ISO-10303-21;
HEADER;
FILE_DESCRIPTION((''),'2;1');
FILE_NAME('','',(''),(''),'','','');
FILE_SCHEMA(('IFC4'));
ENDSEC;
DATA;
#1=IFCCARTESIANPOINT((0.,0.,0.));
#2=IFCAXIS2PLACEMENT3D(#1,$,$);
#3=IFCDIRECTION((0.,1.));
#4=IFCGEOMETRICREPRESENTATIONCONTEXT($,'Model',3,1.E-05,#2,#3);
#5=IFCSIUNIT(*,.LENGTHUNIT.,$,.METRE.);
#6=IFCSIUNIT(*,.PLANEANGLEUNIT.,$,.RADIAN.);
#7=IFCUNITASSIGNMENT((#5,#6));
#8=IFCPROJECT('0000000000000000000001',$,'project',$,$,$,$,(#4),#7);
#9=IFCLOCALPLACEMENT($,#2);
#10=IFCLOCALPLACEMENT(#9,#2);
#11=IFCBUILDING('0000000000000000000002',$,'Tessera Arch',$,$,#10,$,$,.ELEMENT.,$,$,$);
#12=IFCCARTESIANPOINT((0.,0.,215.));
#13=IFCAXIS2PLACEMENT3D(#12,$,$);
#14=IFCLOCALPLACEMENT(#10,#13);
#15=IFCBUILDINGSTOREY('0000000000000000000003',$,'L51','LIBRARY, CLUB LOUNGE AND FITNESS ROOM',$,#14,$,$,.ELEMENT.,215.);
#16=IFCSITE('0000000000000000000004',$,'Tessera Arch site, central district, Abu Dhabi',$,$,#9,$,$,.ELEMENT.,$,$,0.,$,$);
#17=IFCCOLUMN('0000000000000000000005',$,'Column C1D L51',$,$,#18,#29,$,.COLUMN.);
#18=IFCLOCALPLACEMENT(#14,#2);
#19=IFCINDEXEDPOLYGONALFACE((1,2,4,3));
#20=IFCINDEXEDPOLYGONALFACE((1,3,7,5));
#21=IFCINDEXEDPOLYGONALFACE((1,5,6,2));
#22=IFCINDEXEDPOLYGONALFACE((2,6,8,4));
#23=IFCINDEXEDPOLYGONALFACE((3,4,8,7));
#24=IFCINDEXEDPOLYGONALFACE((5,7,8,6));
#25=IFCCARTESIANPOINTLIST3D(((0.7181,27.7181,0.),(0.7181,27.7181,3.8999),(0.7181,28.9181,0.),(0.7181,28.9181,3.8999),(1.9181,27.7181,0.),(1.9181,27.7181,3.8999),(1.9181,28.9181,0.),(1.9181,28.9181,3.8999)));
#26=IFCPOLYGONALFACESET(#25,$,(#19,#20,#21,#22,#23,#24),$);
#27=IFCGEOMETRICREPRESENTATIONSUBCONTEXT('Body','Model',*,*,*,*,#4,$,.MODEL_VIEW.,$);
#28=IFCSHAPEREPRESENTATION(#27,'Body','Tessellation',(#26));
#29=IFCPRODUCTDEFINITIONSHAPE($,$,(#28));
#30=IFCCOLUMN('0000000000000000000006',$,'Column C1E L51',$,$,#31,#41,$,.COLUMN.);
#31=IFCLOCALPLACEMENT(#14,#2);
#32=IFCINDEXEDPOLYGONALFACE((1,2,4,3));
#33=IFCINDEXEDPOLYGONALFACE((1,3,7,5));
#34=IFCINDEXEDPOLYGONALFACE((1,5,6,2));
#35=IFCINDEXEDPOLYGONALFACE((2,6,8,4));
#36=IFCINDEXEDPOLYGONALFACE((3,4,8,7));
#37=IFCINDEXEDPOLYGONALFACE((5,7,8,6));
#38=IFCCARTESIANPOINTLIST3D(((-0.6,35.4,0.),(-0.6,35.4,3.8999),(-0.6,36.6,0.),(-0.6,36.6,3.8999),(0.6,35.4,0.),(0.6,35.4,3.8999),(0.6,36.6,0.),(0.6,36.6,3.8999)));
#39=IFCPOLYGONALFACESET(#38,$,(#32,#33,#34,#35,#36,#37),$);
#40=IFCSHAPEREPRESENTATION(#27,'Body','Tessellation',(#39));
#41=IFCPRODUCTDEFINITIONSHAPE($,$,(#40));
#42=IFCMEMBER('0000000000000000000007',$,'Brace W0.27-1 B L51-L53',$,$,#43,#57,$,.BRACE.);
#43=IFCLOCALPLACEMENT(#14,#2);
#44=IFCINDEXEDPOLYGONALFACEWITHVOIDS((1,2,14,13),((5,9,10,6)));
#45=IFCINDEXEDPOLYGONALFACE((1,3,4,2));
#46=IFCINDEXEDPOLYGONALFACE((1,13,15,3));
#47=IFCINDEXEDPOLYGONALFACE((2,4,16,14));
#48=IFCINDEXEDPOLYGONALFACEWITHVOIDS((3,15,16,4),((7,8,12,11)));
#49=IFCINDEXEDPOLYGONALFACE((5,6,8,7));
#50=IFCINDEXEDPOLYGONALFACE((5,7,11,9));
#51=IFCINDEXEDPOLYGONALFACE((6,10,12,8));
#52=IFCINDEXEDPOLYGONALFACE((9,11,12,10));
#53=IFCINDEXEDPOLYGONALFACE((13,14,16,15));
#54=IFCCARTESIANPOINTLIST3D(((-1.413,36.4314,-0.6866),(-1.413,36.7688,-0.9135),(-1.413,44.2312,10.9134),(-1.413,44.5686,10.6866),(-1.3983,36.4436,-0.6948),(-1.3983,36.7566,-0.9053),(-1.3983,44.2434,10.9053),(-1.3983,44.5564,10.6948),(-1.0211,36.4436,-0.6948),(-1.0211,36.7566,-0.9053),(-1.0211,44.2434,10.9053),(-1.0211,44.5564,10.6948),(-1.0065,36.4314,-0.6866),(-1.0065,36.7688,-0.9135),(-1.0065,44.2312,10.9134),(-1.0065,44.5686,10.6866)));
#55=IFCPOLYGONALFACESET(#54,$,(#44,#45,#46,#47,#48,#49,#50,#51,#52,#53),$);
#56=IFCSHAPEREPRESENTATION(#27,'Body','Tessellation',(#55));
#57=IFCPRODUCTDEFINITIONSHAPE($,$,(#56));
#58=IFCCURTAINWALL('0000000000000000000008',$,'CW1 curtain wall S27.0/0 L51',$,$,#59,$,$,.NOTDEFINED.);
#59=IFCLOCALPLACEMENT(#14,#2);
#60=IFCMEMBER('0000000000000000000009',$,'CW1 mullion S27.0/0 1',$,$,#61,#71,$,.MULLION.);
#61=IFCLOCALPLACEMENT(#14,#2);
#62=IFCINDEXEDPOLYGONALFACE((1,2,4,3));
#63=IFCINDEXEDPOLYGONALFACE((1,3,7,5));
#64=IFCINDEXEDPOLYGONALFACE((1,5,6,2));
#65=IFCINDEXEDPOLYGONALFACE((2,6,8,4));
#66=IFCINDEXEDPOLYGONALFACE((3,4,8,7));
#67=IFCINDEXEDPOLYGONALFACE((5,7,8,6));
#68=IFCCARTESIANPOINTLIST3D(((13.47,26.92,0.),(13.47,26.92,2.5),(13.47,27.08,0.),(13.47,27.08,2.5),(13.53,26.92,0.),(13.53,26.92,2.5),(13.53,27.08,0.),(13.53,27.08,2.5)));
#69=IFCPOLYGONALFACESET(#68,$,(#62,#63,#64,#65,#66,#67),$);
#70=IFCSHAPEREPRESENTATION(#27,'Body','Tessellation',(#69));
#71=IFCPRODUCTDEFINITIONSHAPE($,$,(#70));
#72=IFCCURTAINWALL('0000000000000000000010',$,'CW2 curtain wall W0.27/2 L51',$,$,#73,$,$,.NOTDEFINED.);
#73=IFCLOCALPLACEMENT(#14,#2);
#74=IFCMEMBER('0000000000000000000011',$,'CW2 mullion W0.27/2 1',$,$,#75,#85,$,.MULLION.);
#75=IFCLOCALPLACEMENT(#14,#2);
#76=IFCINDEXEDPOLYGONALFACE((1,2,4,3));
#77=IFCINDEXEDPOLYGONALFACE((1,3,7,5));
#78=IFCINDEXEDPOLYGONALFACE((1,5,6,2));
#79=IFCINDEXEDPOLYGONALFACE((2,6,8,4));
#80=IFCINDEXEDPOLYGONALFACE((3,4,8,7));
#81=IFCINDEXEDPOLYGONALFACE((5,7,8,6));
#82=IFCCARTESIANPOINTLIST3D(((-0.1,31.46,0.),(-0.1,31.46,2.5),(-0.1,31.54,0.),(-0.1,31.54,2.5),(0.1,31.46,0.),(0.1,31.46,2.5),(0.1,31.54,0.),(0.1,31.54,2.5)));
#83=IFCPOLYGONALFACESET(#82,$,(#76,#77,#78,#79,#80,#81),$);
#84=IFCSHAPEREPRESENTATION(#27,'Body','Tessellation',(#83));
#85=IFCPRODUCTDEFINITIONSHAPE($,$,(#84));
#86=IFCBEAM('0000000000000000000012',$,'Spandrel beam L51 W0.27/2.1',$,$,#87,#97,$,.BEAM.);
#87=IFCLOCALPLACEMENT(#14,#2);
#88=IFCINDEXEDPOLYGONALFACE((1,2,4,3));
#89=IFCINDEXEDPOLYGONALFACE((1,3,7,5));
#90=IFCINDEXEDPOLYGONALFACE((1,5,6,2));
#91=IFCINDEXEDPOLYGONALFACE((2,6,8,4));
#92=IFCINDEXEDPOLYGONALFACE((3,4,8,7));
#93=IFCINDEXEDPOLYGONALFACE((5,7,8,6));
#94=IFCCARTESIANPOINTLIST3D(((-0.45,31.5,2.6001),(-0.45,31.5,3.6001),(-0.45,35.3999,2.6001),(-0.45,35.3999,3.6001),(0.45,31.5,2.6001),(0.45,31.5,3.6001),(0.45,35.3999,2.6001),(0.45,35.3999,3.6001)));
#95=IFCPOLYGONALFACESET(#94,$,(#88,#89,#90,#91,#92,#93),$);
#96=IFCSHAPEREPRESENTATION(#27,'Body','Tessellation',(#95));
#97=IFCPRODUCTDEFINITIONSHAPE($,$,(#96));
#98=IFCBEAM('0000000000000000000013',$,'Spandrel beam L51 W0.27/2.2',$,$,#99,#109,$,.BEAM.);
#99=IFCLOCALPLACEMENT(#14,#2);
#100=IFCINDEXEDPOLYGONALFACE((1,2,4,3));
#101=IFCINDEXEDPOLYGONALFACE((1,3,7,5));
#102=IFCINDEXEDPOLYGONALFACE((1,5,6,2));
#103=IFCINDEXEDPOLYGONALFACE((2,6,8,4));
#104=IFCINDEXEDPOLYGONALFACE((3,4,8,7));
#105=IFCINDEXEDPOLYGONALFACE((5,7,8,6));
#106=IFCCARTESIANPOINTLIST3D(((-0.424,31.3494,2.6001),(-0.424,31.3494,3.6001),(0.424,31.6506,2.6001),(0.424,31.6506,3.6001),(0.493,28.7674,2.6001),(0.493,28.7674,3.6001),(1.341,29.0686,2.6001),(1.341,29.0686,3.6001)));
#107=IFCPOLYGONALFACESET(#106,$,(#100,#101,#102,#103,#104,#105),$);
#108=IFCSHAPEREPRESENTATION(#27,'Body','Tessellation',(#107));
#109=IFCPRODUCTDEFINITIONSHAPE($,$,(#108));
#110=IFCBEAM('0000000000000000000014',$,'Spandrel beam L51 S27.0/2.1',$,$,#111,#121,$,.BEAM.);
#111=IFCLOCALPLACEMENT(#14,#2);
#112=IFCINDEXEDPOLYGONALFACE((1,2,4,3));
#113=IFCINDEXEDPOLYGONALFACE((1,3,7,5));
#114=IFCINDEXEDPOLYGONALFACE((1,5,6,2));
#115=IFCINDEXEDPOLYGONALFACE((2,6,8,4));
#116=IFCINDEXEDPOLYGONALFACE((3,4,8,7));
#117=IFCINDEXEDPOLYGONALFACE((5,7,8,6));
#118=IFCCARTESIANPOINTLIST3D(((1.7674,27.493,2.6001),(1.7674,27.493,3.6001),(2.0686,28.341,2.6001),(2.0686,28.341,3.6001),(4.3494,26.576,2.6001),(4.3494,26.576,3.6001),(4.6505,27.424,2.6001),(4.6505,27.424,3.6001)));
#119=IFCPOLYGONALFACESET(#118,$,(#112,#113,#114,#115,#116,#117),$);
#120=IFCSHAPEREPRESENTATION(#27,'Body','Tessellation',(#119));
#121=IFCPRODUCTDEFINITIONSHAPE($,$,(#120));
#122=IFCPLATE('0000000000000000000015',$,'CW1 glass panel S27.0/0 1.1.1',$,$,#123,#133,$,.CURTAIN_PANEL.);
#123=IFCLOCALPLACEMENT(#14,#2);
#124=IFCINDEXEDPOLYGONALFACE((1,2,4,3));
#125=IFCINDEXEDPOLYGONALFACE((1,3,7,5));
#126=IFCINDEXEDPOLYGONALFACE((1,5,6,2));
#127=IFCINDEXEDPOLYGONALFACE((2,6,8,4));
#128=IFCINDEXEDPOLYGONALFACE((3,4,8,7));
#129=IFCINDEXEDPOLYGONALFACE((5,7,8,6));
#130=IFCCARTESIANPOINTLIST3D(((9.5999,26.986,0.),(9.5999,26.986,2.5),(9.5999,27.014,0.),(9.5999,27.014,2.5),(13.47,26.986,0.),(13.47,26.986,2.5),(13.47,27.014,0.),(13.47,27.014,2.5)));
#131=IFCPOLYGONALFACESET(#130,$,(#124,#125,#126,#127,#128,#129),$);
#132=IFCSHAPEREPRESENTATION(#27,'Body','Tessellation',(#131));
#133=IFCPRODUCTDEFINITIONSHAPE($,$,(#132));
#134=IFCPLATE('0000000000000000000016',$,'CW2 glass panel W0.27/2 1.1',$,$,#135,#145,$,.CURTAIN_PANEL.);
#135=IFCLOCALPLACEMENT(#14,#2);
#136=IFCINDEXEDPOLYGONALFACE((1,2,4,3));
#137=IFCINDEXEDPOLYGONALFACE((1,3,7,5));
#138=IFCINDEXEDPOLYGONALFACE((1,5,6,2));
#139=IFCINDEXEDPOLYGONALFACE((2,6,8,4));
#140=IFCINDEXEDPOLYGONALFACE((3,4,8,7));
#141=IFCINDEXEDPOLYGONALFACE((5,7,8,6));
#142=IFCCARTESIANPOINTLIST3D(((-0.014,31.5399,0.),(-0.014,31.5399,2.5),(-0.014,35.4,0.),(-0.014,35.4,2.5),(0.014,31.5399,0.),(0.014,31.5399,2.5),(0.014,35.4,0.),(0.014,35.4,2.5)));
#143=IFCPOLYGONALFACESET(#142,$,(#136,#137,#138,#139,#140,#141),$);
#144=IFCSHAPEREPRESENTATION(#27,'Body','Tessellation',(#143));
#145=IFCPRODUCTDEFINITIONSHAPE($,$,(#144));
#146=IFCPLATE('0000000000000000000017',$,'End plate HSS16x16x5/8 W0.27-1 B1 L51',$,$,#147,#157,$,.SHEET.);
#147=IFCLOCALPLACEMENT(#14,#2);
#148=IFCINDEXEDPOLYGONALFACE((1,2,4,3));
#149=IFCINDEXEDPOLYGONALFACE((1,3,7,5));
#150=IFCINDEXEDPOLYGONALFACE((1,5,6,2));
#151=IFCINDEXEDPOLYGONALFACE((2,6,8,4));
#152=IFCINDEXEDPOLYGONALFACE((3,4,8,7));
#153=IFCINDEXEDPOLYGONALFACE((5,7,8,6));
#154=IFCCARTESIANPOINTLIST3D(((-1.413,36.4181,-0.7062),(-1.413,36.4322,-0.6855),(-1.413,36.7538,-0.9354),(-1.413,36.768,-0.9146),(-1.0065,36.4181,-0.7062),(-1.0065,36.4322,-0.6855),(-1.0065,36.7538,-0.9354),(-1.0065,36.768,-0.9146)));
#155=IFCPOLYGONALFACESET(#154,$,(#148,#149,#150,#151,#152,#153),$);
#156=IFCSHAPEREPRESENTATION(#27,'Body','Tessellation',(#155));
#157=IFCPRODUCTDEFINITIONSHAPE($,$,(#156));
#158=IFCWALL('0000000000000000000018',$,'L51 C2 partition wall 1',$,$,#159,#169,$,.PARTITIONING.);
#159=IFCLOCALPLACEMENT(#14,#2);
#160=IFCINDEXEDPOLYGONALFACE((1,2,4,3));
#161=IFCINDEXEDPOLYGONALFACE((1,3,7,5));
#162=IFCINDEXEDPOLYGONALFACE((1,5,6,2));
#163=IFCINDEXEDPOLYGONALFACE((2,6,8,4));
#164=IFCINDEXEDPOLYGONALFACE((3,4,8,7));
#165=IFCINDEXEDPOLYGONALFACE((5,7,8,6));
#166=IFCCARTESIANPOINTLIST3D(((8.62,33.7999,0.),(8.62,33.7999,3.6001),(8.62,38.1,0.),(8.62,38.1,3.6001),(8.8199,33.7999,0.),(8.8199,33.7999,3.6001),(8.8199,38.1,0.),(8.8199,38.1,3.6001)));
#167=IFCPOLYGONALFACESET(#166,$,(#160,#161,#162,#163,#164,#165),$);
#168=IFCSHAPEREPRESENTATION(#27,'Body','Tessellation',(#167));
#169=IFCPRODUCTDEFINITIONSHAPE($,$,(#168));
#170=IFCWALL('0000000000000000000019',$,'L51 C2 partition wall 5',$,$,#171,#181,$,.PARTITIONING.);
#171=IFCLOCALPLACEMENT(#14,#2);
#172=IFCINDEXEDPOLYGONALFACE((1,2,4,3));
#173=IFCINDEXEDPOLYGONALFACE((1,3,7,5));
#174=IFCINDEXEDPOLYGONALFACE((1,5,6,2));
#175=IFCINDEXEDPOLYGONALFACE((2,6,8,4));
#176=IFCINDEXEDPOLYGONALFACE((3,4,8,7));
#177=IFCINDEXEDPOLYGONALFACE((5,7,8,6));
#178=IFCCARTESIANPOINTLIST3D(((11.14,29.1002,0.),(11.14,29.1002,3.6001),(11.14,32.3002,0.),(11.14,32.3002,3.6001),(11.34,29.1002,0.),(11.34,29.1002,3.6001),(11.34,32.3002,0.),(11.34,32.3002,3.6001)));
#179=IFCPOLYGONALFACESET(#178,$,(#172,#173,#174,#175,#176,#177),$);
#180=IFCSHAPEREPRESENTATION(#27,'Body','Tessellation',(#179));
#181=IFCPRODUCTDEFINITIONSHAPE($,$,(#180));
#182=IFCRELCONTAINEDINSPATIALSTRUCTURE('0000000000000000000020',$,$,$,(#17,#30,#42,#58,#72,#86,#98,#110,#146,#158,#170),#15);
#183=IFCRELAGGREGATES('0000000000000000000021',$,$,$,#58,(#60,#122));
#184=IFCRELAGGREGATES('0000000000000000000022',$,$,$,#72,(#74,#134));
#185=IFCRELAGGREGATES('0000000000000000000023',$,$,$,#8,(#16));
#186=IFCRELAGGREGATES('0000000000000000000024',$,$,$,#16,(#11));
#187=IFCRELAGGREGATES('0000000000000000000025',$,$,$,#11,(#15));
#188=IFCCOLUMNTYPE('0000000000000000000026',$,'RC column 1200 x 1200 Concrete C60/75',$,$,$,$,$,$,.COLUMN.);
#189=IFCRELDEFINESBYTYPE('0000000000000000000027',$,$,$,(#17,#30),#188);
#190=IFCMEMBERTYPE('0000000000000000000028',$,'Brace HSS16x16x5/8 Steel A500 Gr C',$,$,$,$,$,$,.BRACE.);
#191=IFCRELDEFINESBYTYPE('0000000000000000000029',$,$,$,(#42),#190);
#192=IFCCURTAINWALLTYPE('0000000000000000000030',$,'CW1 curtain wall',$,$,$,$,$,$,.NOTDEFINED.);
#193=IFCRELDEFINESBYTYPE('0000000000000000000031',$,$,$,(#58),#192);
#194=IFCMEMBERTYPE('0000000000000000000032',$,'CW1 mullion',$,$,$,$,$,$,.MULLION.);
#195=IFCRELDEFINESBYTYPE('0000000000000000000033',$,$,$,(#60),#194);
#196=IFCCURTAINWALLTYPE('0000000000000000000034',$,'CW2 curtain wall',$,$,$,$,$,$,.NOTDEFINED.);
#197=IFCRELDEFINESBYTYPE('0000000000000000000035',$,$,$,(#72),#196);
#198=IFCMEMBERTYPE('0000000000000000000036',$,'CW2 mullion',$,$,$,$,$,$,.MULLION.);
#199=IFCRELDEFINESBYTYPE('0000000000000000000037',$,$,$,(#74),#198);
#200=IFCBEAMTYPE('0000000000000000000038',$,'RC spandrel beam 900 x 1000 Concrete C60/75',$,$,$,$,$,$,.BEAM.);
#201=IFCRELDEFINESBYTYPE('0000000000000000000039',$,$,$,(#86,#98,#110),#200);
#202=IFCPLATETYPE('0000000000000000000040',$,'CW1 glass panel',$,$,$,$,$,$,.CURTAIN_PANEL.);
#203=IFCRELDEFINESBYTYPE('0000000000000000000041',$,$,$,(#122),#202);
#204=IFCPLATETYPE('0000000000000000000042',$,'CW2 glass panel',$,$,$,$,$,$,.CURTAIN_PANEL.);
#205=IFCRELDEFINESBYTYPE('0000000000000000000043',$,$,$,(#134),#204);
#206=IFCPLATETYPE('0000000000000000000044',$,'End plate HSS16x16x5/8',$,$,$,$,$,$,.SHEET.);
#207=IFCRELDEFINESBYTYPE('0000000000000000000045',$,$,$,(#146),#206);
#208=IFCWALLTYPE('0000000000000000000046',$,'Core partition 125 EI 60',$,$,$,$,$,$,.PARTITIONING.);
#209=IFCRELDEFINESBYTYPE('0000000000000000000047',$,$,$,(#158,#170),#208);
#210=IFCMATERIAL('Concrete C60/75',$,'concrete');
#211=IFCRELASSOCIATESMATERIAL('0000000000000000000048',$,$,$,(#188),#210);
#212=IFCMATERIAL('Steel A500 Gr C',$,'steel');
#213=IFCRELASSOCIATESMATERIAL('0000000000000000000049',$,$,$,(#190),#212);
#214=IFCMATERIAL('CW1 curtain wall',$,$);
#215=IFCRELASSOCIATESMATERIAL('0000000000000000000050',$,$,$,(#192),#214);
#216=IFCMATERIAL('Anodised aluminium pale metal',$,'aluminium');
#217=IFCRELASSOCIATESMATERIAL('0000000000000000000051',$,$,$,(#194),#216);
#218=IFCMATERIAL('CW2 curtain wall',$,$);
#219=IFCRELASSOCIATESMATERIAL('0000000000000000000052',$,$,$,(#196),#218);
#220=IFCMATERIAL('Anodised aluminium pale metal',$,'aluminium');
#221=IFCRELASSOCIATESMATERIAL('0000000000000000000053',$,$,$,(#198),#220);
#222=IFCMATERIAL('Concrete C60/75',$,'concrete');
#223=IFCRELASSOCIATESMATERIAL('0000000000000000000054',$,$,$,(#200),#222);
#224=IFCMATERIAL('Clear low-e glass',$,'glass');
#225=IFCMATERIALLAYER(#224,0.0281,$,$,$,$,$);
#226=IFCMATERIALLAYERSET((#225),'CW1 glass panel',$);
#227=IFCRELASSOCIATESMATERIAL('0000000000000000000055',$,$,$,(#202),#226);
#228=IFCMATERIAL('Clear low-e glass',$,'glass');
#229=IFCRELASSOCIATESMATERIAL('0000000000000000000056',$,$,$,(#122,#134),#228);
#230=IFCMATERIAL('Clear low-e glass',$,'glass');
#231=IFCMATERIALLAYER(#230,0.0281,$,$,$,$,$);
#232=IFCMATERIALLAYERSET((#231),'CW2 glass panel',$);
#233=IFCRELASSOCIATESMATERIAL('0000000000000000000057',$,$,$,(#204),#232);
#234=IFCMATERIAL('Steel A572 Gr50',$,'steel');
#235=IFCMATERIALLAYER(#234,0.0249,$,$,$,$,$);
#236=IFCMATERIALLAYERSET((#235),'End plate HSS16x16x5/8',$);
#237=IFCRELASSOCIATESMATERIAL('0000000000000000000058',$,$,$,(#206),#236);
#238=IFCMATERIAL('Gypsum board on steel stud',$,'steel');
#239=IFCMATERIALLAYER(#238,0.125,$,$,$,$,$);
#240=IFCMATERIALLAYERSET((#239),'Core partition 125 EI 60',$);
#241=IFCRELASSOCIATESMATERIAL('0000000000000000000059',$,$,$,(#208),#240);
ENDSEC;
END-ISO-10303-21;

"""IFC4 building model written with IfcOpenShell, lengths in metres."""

from ifc_helpers import new_model, si_unit, direction, frame, frame_2d, origin, origin_2d, place, context, subcontext, project, spatial, rectangle, hollow_rectangle, extrude, material, layer, layer_set, material_profile, profile_set, type_object, element, aggregate, save


model = new_model("IFC4")

# Units and contexts
model_context = context("Model", 3, precision=1e-05, world=origin(), true_north=direction((0.0, 1.0)))
body_context = subcontext(model_context, "Body", "Model", "MODEL_VIEW")
ifc_project = project(units=[si_unit("LENGTHUNIT", "METRE"), si_unit("PLANEANGLEUNIT", "RADIAN")], contexts=[model_context])

# Site, building, storey
site_placement = place(None, origin())
site = spatial("IfcSite", under=ifc_project, at=site_placement, Name="Tessera Arch site, central district, Abu Dhabi", CompositionType="ELEMENT", RefElevation=0.0)
building_placement = place(site_placement, origin())
building = spatial("IfcBuilding", under=site, at=building_placement, Name="Tessera Arch", CompositionType="ELEMENT")
storey_placement = place(building_placement, frame((0.0, 0.0, 215.0)))
storey = spatial("IfcBuildingStorey", under=building, at=storey_placement, Name="L51", Description="LIBRARY, CLUB LOUNGE AND FITNESS ROOM", CompositionType="ELEMENT", Elevation=215.0)

# Columns
ifc_material_1 = material(Name="Concrete C60/75", Category="concrete")
ifc_material_profile_1 = material_profile(ifc_material_1, rectangle(XDim=1.2, YDim=1.2, at=origin_2d()), Name="RC column 1200 x 1200 Concrete C60/75")
ifc_profile_set_1 = profile_set([ifc_material_profile_1], Name="Concrete C60/75")
column_type = type_object("IfcColumnType", Name="RC column 1200 x 1200 Concrete C60/75", PredefinedType="COLUMN", material=ifc_profile_set_1)
for number, where, z_axis, x_axis, name in (
    (1, (1.3181, 28.3181, 0.0), (0.0, 0.0, 1.0), (1.0, 0.0, 0.0), "Column C1D L51"),
    (2, (0.0, 36.0, 0.0), (0.0, 0.0, 1.0), (1.0, 0.0, 0.0), "Column C1E L51"),
):
    element("IfcColumn", number, at=place(storey_placement, frame(where, z_axis=z_axis, x_axis=x_axis)), inside=storey, type_object=column_type, Name=name, PredefinedType="COLUMN", context=body_context, shape_type="SweptSolid", body=[
        extrude(rectangle(XDim=1.2, YDim=1.2, at=origin_2d()), origin(), (0.0, 0.0, 1.0), 3.8999),
    ])

# Member
ifc_material_2 = material(Name="Steel A500 Gr C", Category="steel")
ifc_material_profile_2 = material_profile(ifc_material_2, hollow_rectangle(XDim=0.4065, YDim=0.4065, WallThickness=0.0146, at=origin_2d()), Name="HSS16x16x5/8")
ifc_profile_set_2 = profile_set([ifc_material_profile_2], Name="Steel A500 Gr C")
member_type_1 = type_object("IfcMemberType", Name="Brace HSS16x16x5/8 Steel A500 Gr C", PredefinedType="BRACE", material=ifc_profile_set_2)
member_1_placement = place(storey_placement, frame((-1.2097, 36.6001, -0.8), z_axis=(0.0, 0.557985, 0.829851), x_axis=(-1.0, 0.0, 0.0)))
element("IfcMember", 3, at=member_1_placement, inside=storey, type_object=member_type_1, Name="Brace W0.27-1 B L51-L53", PredefinedType="BRACE", context=body_context, shape_type="SweptSolid", body=[
    extrude(hollow_rectangle(XDim=0.4065, YDim=0.4065, WallThickness=0.0146, at=origin_2d()), origin(), (0.0, 0.0, 1.0), 13.9785),
])

# Curtain walls, members
ifc_material_3 = material(Name="CW1 curtain wall")
curtain_wall_type_1 = type_object("IfcCurtainWallType", Name="CW1 curtain wall", PredefinedType="NOTDEFINED", material=ifc_material_3)
curtain_wall_1_placement = place(storey_placement, origin())
curtain_wall_1 = element("IfcCurtainWall", 4, at=curtain_wall_1_placement, inside=storey, type_object=curtain_wall_type_1, Name="CW1 curtain wall S27.0/0 L51", PredefinedType="NOTDEFINED")
ifc_material_4 = material(Name="Anodised aluminium pale metal", Category="aluminium")
ifc_material_profile_3 = material_profile(ifc_material_4, rectangle(XDim=0.1599, YDim=0.0601, at=origin_2d()), Name="AL 60x160")
ifc_profile_set_3 = profile_set([ifc_material_profile_3], Name="Anodised aluminium pale metal")
member_type_2 = type_object("IfcMemberType", Name="CW1 mullion", PredefinedType="MULLION", material=ifc_profile_set_3)
member_2_placement = place(storey_placement, frame((13.5, 27.0, 0.0), z_axis=(0.0, 0.0, 1.0), x_axis=(0.0, 1.0, 0.0)))
member_2 = element("IfcMember", 5, at=member_2_placement, type_object=member_type_2, Name="CW1 mullion S27.0/0 1", PredefinedType="MULLION", context=body_context, shape_type="SweptSolid", body=[
    extrude(rectangle(XDim=0.1599, YDim=0.0601, at=origin_2d()), origin(), (0.0, 0.0, 1.0), 2.5),
])
ifc_material_5 = material(Name="CW2 curtain wall")
curtain_wall_type_2 = type_object("IfcCurtainWallType", Name="CW2 curtain wall", PredefinedType="NOTDEFINED", material=ifc_material_5)
curtain_wall_2_placement = place(storey_placement, origin())
curtain_wall_2 = element("IfcCurtainWall", 6, at=curtain_wall_2_placement, inside=storey, type_object=curtain_wall_type_2, Name="CW2 curtain wall W0.27/2 L51", PredefinedType="NOTDEFINED")
ifc_material_6 = material(Name="Anodised aluminium pale metal", Category="aluminium")
ifc_material_profile_4 = material_profile(ifc_material_6, rectangle(XDim=0.2, YDim=0.0801, at=origin_2d()), Name="AL 80x200")
ifc_profile_set_4 = profile_set([ifc_material_profile_4], Name="Anodised aluminium pale metal")
member_type_3 = type_object("IfcMemberType", Name="CW2 mullion", PredefinedType="MULLION", material=ifc_profile_set_4)
member_3_placement = place(storey_placement, frame((0.0, 31.5, 0.0), z_axis=(0.0, 0.0, 1.0), x_axis=(1.0, 0.0, 0.0)))
member_3 = element("IfcMember", 7, at=member_3_placement, type_object=member_type_3, Name="CW2 mullion W0.27/2 1", PredefinedType="MULLION", context=body_context, shape_type="SweptSolid", body=[
    extrude(rectangle(XDim=0.2, YDim=0.0801, at=origin_2d()), origin(), (0.0, 0.0, 1.0), 2.5),
])

# Beams
ifc_material_7 = material(Name="Concrete C60/75", Category="concrete")
ifc_material_profile_5 = material_profile(ifc_material_7, rectangle(XDim=0.8999, YDim=1.0, at=origin_2d()), Name="RC spandrel beam 900 x 1000 Concrete C60/75")
ifc_profile_set_5 = profile_set([ifc_material_profile_5], Name="Concrete C60/75")
beam_type = type_object("IfcBeamType", Name="RC spandrel beam 900 x 1000 Concrete C60/75", PredefinedType="BEAM", material=ifc_profile_set_5)
beam_placement = place(storey_placement, frame((0.0, 35.3999, 3.1001), z_axis=(0.0, -1.0, 0.0), x_axis=(1.0, 0.0, 0.0)))
element("IfcBeam", 8, at=beam_placement, inside=storey, type_object=beam_type, Name="Spandrel beam L51 W0.27/2.1", PredefinedType="BEAM", context=body_context, shape_type="SweptSolid", body=[
    extrude(rectangle(XDim=0.8999, YDim=1.0, at=origin_2d()), origin(), (0.0, 0.0, 1.0), 3.8999),
])
for number, where, z_axis, x_axis, name in (
    (9, (0.0, 31.5, 3.1001), (0.334665, -0.942337, 0.0), (0.942337, 0.334665, 0.0), "Spandrel beam L51 W0.27/2.2"),
    (10, (1.918, 27.917, 3.1001), (0.942337, -0.334665, 0.0), (0.334665, 0.942337, 0.0), "Spandrel beam L51 S27.0/2.1"),
):
    element("IfcBeam", number, at=place(storey_placement, frame(where, z_axis=z_axis, x_axis=x_axis)), inside=storey, type_object=beam_type, Name=name, PredefinedType="BEAM", context=body_context, shape_type="SweptSolid", body=[
        extrude(rectangle(XDim=0.8999, YDim=1.0, at=origin_2d()), origin(), (0.0, 0.0, 1.0), 2.74),
    ])

# Plates
ifc_material_8 = material(Name="Clear low-e glass", Category="glass")
ifc_material_9 = material(Name="Clear low-e glass", Category="glass")
ifc_layer_1 = layer(ifc_material_9, 0.0281)
ifc_layer_set_1 = layer_set([ifc_layer_1], Name="CW1 glass panel")
plate_type_1 = type_object("IfcPlateType", Name="CW1 glass panel", PredefinedType="CURTAIN_PANEL", material=ifc_layer_set_1)
plate_1_placement = place(storey_placement, frame((11.5349, 27.0, 0.0), z_axis=(0.0, 0.0, 1.0), x_axis=(1.0, 0.0, 0.0)))
plate_1 = element("IfcPlate", 11, at=plate_1_placement, type_object=plate_type_1, material=ifc_material_8, Name="CW1 glass panel S27.0/0 1.1.1", PredefinedType="CURTAIN_PANEL", context=body_context, shape_type="SweptSolid", body=[
    extrude(rectangle(XDim=3.8701, YDim=0.0281, at=origin_2d()), origin(), (0.0, 0.0, 1.0), 2.5),
])
aggregate(curtain_wall_1, [member_2, plate_1])
ifc_material_10 = material(Name="Clear low-e glass", Category="glass")
ifc_layer_2 = layer(ifc_material_10, 0.0281)
ifc_layer_set_2 = layer_set([ifc_layer_2], Name="CW2 glass panel")
plate_type_2 = type_object("IfcPlateType", Name="CW2 glass panel", PredefinedType="CURTAIN_PANEL", material=ifc_layer_set_2)
plate_2_placement = place(storey_placement, frame((0.0, 33.47, 0.0), z_axis=(0.0, 0.0, 1.0), x_axis=(0.0, -1.0, 0.0)))
plate_2 = element("IfcPlate", 12, at=plate_2_placement, type_object=plate_type_2, material=ifc_material_8, Name="CW2 glass panel W0.27/2 1.1", PredefinedType="CURTAIN_PANEL", context=body_context, shape_type="SweptSolid", body=[
    extrude(rectangle(XDim=3.8601, YDim=0.0281, at=origin_2d()), origin(), (0.0, 0.0, 1.0), 2.5),
])
aggregate(curtain_wall_2, [member_3, plate_2])
ifc_material_11 = material(Name="Steel A572 Gr50", Category="steel")
ifc_layer_3 = layer(ifc_material_11, 0.0249)
ifc_layer_set_3 = layer_set([ifc_layer_3], Name="End plate HSS16x16x5/8")
plate_type_3 = type_object("IfcPlateType", Name="End plate HSS16x16x5/8", PredefinedType="SHEET", material=ifc_layer_set_3)
plate_3_placement = place(storey_placement, frame((-1.2097, 36.5859, -0.8208), z_axis=(0.0, 0.563638, 0.826022), x_axis=(-1.0, 0.0, 0.0)))
element("IfcPlate", 13, at=plate_3_placement, inside=storey, type_object=plate_type_3, Name="End plate HSS16x16x5/8 W0.27-1 B1 L51", PredefinedType="SHEET", context=body_context, shape_type="SweptSolid", body=[
    extrude(rectangle(XDim=0.4065, YDim=0.4065, at=origin_2d()), origin(), (0.0, 0.0, 1.0), 0.0251),
])

# Walls
ifc_material_12 = material(Name="Gypsum board on steel stud", Category="steel")
ifc_layer_4 = layer(ifc_material_12, 0.125)
ifc_layer_set_4 = layer_set([ifc_layer_4], Name="Core partition 125 EI 60")
wall_type_1 = type_object("IfcWallType", Name="Core partition 125 EI 60", PredefinedType="PARTITIONING", material=ifc_layer_set_4)
wall_1_placement = place(storey_placement, frame((8.72, 33.8, 0.0), z_axis=(0.0, 0.0, 1.0), x_axis=(0.0, 1.0, 0.0)))
element("IfcWall", 14, at=wall_1_placement, inside=storey, type_object=wall_type_1, Name="L51 C2 partition wall 1", PredefinedType="PARTITIONING", context=body_context, shape_type="SweptSolid", body=[
    extrude(rectangle(XDim=4.3, YDim=0.2, at=frame_2d((2.1499, 0.0))), origin(), (0.0, 0.0, 1.0), 3.6001),
])
wall_2_placement = place(storey_placement, frame((11.24, 29.1001, 0.0), z_axis=(0.0, 0.0, 1.0), x_axis=(0.0, 1.0, 0.0)))
element("IfcWall", 15, at=wall_2_placement, inside=storey, type_object=wall_type_1, Name="L51 C2 partition wall 5", PredefinedType="PARTITIONING", context=body_context, shape_type="SweptSolid", body=[
    extrude(rectangle(XDim=3.2, YDim=0.2, at=frame_2d((1.6001, 0.0))), origin(), (0.0, 0.0, 1.0), 3.6001),
])

save(model, "model.ifc")
